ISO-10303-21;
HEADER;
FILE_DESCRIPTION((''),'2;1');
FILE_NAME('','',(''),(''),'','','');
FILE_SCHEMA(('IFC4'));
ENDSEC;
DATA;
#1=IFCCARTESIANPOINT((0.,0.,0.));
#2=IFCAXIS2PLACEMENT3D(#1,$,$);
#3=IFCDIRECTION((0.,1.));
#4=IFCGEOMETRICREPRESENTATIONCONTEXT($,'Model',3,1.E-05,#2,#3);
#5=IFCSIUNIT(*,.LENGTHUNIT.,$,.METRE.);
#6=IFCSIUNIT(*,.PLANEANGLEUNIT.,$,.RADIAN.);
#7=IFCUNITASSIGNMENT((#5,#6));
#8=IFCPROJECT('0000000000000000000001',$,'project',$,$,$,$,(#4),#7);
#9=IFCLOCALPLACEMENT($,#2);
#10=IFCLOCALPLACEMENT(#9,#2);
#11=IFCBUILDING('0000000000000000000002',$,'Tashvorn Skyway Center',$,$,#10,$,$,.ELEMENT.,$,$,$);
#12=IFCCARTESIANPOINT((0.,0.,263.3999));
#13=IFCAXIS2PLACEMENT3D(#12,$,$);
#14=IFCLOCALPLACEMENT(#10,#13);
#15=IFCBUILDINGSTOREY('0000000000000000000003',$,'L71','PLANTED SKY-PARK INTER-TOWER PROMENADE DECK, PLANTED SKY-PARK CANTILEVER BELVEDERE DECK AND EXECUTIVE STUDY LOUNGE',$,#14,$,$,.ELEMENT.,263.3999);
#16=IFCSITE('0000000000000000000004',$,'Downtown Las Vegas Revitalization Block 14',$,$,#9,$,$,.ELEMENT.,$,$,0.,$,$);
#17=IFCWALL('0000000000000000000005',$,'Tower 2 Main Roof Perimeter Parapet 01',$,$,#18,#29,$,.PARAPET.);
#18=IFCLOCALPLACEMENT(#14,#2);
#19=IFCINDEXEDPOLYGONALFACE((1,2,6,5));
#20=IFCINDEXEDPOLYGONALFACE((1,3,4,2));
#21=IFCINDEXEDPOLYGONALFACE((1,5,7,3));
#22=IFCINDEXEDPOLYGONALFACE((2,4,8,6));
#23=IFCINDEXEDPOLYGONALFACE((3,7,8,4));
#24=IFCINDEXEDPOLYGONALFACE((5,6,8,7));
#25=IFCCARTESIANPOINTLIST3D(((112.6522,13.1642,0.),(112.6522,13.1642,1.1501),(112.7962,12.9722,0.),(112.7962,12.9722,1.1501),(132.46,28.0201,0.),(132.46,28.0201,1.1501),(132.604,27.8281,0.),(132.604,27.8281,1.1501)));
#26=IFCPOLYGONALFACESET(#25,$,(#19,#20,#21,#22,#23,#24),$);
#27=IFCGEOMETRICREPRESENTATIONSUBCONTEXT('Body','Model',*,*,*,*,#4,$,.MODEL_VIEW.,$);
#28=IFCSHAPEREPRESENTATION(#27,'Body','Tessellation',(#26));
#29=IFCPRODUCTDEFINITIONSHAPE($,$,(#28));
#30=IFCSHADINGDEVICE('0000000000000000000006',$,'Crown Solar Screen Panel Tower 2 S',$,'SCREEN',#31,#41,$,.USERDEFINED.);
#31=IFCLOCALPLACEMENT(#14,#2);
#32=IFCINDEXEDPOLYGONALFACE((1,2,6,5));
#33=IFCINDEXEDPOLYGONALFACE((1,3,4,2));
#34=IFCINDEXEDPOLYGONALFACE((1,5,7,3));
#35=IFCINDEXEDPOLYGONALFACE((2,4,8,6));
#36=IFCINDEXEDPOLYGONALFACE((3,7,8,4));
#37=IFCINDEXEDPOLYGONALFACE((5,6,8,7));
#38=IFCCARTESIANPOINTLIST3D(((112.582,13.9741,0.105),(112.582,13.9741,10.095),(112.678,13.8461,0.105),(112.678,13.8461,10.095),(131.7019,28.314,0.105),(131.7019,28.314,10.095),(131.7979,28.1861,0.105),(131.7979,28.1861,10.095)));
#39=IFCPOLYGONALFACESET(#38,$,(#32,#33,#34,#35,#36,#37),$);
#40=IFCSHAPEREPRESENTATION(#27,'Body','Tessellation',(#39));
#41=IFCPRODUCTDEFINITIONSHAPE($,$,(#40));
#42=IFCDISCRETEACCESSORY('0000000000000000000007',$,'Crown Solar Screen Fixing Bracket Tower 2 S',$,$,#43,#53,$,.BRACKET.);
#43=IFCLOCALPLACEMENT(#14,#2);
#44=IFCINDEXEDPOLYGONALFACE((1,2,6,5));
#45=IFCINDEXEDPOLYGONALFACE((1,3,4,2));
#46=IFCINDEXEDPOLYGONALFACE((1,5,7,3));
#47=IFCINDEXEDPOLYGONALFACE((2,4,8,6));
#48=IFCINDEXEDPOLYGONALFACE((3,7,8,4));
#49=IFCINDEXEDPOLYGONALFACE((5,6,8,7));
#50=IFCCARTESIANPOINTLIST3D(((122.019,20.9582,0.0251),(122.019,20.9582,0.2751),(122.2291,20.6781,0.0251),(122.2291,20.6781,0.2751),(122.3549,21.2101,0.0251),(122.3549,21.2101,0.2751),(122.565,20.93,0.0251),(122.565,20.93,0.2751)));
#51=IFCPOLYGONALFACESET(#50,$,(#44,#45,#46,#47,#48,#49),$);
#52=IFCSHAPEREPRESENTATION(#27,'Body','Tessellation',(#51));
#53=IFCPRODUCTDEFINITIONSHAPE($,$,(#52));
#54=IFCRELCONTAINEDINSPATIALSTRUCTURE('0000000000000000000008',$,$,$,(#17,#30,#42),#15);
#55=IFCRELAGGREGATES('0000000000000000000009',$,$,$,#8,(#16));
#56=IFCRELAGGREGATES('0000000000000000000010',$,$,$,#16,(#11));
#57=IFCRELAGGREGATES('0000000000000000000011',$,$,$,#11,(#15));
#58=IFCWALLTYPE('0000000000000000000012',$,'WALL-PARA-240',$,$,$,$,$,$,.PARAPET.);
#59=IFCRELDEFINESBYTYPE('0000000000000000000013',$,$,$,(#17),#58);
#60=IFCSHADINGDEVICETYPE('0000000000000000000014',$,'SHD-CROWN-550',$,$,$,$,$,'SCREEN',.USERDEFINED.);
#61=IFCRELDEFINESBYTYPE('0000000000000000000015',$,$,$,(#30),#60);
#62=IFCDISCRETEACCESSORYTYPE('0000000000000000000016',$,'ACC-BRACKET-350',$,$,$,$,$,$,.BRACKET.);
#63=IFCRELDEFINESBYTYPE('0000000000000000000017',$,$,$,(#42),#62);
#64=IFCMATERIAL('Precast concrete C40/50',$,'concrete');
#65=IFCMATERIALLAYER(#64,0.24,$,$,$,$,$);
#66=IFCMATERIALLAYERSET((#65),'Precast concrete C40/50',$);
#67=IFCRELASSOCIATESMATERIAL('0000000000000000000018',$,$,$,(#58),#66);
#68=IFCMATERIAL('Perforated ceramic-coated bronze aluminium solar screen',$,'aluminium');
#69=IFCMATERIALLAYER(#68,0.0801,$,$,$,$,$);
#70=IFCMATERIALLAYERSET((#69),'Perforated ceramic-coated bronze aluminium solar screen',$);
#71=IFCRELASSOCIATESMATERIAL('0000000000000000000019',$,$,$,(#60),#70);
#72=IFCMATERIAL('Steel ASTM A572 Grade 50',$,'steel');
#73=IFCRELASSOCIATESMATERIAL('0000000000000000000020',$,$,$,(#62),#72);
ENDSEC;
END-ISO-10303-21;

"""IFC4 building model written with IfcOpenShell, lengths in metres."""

from ifc_helpers import new_model, si_unit, direction, frame, frame_2d, origin, origin_2d, place, context, subcontext, project, spatial, rectangle, extrude, material, layer, layer_set, type_object, element, save


model = new_model("IFC4")

# Units and contexts
model_context = context("Model", 3, precision=1e-05, world=origin(), true_north=direction((0.0, 1.0)))
body_context = subcontext(model_context, "Body", "Model", "MODEL_VIEW")
ifc_project = project(units=[si_unit("LENGTHUNIT", "METRE"), si_unit("PLANEANGLEUNIT", "RADIAN")], contexts=[model_context])

# Site, building, storey
site_placement = place(None, origin())
site = spatial("IfcSite", under=ifc_project, at=site_placement, Name="Downtown Las Vegas Revitalization Block 14", CompositionType="ELEMENT", RefElevation=0.0)
building_placement = place(site_placement, origin())
building = spatial("IfcBuilding", under=site, at=building_placement, Name="Tashvorn Skyway Center", CompositionType="ELEMENT")
storey_placement = place(building_placement, frame((0.0, 0.0, 263.3999)))
storey = spatial("IfcBuildingStorey", under=building, at=storey_placement, Name="L71", Description="PLANTED SKY-PARK INTER-TOWER PROMENADE DECK, PLANTED SKY-PARK CANTILEVER BELVEDERE DECK AND EXECUTIVE STUDY LOUNGE", CompositionType="ELEMENT", Elevation=263.3999)

# Shared definitions
ifc_material_1 = material(Name="Steel ASTM A572 Grade 50", Category="steel")

# Shared definitions
ifc_material_2 = material(Name="Perforated ceramic-coated bronze aluminium solar screen", Category="aluminium")

# Wall
ifc_material_3 = material(Name="Precast concrete C40/50", Category="concrete")
ifc_layer_1 = layer(ifc_material_3, 0.24)
ifc_layer_set_1 = layer_set([ifc_layer_1], Name="Precast concrete C40/50")
wall_type_1 = type_object("IfcWallType", Name="WALL-PARA-240", PredefinedType="PARAPET", material=ifc_layer_set_1)
wall_1_placement = place(storey_placement, frame((132.532, 27.9241, 0.0), z_axis=(0.0, 0.0, 1.0), x_axis=(-0.799999, -0.600002, 0.0)))
element("IfcWall", 1, at=wall_1_placement, inside=storey, type_object=wall_type_1, Name="Tower 2 Main Roof Perimeter Parapet 01", PredefinedType="PARAPET", context=body_context, shape_type="SweptSolid", body=[
    extrude(rectangle(XDim=24.7598, YDim=0.24, at=frame_2d((12.3799, 0.0))), origin(), (0.0, 0.0, 1.0), 1.1501),
])

# Shading device
ifc_layer_2 = layer(ifc_material_2, 0.0801)
ifc_layer_set_2 = layer_set([ifc_layer_2], Name="Perforated ceramic-coated bronze aluminium solar screen")
shading_device_type = type_object("IfcShadingDeviceType", Name="SHD-CROWN-550", ElementType="SCREEN", PredefinedType="USERDEFINED", material=ifc_layer_set_2)
shading_device_placement = place(storey_placement, frame((122.1899, 21.0801, 0.105), z_axis=(0.0, 0.0, 1.0), x_axis=(0.8, 0.6, 0.0)))
element("IfcShadingDevice", 2, at=shading_device_placement, inside=storey, type_object=shading_device_type, Name="Crown Solar Screen Panel Tower 2 S", ObjectType="SCREEN", PredefinedType="USERDEFINED", context=body_context, shape_type="SweptSolid", body=[
    extrude(rectangle(XDim=23.8999, YDim=0.1599, at=origin_2d()), origin(), (0.0, 0.0, 1.0), 9.99),
])

# Discrete accessory
discrete_accessory_type = type_object("IfcDiscreteAccessoryType", Name="ACC-BRACKET-350", PredefinedType="BRACKET", material=ifc_material_1)
discrete_accessory_placement = place(storey_placement, frame((122.292, 20.9441, 0.0251), z_axis=(0.0, 0.0, 1.0), x_axis=(0.8, 0.6, 0.0)))
element("IfcDiscreteAccessory", 3, at=discrete_accessory_placement, inside=storey, type_object=discrete_accessory_type, Name="Crown Solar Screen Fixing Bracket Tower 2 S", PredefinedType="BRACKET", context=body_context, shape_type="SweptSolid", body=[
    extrude(rectangle(XDim=0.4199, YDim=0.3501, at=origin_2d()), origin(), (0.0, 0.0, 1.0), 0.25),
])

save(model, "model.ifc")
